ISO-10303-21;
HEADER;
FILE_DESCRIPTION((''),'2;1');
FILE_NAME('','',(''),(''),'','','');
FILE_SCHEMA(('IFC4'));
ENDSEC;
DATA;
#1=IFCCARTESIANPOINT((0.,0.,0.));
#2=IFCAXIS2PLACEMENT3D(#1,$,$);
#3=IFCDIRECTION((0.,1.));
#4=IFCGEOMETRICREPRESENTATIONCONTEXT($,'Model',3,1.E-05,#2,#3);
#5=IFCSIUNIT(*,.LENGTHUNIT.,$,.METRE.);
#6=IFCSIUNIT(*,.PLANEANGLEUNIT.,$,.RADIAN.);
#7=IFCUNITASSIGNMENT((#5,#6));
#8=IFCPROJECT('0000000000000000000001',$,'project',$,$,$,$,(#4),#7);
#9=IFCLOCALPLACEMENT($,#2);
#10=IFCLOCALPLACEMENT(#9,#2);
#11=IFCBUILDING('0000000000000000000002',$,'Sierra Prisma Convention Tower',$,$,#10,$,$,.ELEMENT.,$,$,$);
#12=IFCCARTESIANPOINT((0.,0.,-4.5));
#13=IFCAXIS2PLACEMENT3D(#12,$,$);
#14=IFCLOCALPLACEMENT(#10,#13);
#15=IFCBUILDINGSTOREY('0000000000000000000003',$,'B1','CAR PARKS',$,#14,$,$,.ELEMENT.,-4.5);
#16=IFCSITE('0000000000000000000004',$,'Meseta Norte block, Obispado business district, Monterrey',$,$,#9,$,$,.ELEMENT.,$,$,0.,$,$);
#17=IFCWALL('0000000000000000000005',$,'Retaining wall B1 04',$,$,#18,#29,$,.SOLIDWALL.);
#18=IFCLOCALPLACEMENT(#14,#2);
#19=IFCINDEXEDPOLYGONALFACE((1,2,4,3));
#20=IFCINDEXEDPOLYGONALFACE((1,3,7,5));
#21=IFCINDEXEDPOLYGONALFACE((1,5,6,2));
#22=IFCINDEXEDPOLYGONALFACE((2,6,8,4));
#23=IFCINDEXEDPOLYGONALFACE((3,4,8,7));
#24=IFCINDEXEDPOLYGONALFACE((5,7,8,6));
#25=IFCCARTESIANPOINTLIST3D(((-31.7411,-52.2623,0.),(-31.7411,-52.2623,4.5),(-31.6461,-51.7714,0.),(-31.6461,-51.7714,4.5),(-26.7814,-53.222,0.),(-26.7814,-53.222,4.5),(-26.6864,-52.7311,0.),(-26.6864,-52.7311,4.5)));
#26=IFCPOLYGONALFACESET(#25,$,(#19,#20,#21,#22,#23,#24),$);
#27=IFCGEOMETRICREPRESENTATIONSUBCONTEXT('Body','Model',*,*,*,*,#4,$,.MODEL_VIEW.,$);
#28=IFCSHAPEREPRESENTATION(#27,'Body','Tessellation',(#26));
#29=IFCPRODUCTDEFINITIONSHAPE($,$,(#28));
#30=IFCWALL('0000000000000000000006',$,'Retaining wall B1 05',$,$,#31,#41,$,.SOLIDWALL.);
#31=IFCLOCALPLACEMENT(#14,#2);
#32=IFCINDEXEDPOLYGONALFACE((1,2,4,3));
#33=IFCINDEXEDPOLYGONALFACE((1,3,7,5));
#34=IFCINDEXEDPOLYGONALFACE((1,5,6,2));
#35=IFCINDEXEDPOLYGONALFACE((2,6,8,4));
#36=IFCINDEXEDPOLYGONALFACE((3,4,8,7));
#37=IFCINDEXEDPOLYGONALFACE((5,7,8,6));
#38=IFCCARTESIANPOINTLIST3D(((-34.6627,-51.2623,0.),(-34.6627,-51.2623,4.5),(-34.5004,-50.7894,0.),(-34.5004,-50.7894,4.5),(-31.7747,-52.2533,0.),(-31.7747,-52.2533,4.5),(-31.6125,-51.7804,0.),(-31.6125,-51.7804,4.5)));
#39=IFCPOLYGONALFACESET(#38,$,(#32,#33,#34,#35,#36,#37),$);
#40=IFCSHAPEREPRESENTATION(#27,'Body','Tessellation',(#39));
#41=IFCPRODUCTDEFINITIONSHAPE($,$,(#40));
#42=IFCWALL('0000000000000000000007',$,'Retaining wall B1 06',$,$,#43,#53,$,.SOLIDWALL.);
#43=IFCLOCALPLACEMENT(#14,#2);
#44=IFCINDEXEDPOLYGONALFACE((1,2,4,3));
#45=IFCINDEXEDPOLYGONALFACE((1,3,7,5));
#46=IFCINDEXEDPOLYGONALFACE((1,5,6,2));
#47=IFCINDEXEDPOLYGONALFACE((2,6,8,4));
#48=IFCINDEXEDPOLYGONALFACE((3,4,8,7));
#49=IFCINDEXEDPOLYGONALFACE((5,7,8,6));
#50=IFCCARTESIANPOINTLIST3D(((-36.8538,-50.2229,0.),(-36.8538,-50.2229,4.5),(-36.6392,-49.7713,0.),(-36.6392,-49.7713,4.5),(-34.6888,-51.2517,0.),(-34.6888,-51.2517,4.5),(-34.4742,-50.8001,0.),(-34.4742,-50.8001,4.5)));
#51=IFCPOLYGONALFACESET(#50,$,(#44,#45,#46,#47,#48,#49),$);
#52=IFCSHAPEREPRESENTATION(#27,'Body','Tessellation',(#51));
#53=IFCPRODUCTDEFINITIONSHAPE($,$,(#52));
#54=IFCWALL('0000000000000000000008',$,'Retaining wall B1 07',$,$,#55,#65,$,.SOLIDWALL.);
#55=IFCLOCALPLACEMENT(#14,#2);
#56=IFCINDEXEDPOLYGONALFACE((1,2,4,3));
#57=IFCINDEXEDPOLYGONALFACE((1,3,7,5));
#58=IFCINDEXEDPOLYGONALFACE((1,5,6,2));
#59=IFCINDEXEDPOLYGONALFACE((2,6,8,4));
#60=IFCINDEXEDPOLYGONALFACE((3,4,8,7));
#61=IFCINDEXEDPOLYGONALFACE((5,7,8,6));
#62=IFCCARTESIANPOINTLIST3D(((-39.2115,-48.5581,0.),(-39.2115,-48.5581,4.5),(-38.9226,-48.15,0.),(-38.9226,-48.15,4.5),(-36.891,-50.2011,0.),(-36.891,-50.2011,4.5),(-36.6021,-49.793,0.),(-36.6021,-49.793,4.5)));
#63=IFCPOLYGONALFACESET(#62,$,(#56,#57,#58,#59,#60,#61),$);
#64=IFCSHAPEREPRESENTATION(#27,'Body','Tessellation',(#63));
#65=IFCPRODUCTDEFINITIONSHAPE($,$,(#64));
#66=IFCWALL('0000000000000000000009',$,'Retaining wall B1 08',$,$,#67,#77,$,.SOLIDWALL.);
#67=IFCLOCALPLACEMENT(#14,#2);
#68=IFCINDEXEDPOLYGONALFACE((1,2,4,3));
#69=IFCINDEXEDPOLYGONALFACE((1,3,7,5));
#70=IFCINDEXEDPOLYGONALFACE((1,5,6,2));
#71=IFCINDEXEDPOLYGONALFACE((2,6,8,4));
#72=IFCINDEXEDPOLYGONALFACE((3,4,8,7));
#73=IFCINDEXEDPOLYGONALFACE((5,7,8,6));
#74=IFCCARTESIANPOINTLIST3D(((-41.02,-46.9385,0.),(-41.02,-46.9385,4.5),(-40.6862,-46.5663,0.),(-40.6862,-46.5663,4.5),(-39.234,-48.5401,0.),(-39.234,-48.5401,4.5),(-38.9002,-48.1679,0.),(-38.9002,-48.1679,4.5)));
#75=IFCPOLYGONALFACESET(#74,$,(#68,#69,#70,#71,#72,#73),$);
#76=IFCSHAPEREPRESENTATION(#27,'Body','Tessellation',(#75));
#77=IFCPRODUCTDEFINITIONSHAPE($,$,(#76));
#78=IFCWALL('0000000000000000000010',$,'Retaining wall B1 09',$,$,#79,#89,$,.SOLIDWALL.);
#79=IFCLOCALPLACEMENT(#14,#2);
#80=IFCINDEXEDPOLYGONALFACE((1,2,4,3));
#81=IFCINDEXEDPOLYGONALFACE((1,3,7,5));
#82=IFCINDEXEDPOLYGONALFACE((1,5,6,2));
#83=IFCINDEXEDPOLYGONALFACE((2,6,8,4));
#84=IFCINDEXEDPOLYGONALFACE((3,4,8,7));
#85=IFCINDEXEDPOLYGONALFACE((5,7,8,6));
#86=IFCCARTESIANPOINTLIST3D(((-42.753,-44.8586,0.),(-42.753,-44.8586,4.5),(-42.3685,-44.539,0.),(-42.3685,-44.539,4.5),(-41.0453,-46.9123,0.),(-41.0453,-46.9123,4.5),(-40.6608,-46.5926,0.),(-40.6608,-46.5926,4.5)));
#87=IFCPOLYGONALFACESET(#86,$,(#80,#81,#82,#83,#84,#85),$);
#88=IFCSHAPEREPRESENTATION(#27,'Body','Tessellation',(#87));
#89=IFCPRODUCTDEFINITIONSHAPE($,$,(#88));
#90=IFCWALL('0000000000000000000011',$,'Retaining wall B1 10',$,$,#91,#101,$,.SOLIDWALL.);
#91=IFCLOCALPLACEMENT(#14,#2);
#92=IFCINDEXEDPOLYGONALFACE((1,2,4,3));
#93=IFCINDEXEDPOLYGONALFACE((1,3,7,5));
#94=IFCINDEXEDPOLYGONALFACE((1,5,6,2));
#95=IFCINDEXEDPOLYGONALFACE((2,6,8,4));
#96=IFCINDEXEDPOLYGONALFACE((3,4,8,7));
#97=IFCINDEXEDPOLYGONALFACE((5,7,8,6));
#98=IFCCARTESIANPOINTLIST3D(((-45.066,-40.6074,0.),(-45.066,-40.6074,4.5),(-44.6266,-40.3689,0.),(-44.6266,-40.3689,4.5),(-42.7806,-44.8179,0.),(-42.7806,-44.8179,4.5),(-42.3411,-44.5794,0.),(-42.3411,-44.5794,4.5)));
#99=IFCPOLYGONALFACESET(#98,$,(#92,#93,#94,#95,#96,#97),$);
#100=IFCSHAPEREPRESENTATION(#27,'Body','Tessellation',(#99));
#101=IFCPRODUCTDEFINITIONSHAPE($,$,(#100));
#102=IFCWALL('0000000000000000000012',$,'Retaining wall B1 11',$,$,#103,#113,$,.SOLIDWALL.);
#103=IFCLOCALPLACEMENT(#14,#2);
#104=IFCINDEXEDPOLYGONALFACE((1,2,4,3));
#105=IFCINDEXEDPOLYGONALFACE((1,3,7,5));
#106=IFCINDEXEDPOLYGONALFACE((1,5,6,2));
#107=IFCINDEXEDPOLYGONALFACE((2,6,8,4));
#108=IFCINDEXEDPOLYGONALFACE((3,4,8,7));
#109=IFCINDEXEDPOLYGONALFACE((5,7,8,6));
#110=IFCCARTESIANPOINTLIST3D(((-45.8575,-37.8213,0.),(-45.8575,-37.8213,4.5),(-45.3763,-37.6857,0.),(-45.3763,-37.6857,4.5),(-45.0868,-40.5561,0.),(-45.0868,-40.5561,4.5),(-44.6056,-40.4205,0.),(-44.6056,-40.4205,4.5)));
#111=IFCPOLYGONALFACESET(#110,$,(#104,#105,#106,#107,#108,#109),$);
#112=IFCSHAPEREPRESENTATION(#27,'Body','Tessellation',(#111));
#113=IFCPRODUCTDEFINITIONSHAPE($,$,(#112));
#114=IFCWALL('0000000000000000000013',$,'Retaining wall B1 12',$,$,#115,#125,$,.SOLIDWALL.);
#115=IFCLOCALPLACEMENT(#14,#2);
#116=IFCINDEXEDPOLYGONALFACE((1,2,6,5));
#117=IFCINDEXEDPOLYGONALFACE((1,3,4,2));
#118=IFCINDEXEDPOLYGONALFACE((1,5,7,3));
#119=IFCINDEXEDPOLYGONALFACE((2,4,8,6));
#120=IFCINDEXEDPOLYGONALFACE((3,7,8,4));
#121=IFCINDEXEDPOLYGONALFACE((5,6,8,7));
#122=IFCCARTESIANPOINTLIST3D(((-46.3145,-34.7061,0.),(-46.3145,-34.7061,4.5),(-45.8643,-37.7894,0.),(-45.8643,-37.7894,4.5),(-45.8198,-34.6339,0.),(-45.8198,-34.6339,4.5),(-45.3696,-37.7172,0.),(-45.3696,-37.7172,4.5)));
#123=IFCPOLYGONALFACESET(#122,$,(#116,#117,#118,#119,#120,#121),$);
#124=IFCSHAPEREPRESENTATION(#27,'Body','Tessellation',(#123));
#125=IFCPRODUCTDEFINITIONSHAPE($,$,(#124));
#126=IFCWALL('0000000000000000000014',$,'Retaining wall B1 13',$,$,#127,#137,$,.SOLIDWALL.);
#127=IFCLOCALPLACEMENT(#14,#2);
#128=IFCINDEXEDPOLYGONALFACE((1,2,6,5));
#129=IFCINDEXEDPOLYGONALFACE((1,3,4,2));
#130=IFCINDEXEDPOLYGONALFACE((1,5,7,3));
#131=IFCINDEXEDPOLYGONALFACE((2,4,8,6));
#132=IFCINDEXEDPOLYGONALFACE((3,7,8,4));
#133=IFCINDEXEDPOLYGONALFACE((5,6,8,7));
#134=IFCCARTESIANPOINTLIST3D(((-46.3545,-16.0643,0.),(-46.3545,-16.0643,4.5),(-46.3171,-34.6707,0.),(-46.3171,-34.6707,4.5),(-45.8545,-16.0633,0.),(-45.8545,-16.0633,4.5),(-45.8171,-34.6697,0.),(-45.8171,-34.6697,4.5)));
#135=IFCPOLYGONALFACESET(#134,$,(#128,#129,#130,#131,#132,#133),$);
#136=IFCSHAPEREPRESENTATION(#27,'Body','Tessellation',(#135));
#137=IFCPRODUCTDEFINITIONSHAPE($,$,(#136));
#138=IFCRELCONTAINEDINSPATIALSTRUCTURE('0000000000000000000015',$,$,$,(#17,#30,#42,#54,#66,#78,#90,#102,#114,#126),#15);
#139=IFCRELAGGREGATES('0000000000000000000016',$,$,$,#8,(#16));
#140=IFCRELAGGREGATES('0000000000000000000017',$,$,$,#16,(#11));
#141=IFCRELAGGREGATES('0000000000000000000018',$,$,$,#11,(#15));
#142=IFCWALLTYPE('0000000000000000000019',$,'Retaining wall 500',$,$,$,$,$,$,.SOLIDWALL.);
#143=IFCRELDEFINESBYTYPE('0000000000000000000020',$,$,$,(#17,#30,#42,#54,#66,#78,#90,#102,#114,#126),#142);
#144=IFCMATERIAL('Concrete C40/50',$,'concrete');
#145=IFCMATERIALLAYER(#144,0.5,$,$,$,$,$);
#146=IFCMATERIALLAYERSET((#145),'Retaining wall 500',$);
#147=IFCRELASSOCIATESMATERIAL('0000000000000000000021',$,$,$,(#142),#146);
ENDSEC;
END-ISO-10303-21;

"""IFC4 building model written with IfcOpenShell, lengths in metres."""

from ifc_helpers import new_model, si_unit, direction, frame, frame_2d, origin, place, context, subcontext, project, spatial, rectangle, extrude, material, layer, layer_set, type_object, element, save


model = new_model("IFC4")

# Units and contexts
model_context = context("Model", 3, precision=1e-05, world=origin(), true_north=direction((0.0, 1.0)))
body_context = subcontext(model_context, "Body", "Model", "MODEL_VIEW")
ifc_project = project(units=[si_unit("LENGTHUNIT", "METRE"), si_unit("PLANEANGLEUNIT", "RADIAN")], contexts=[model_context])

# Site, building, storey
site_placement = place(None, origin())
site = spatial("IfcSite", under=ifc_project, at=site_placement, Name="Meseta Norte block, Obispado business district, Monterrey", CompositionType="ELEMENT", RefElevation=0.0)
building_placement = place(site_placement, origin())
building = spatial("IfcBuilding", under=site, at=building_placement, Name="Sierra Prisma Convention Tower", CompositionType="ELEMENT")
storey_placement = place(building_placement, frame((0.0, 0.0, -4.5)))
storey = spatial("IfcBuildingStorey", under=building, at=storey_placement, Name="B1", Description="CAR PARKS", CompositionType="ELEMENT", Elevation=-4.5)

# Walls
ifc_material_1 = material(Name="Concrete C40/50", Category="concrete")
ifc_layer = layer(ifc_material_1, 0.5)
ifc_layer_set = layer_set([ifc_layer], Name="Retaining wall 500")
wall_type = type_object("IfcWallType", Name="Retaining wall 500", PredefinedType="SOLIDWALL", material=ifc_layer_set)
wall_1_placement = place(storey_placement, frame((-26.7339, -52.9766, 0.0), z_axis=(0.0, 0.0, 1.0), x_axis=(-0.981788, 0.189978, 0.0)))
element("IfcWall", 1, at=wall_1_placement, inside=storey, type_object=wall_type, Name="Retaining wall B1 04", PredefinedType="SOLIDWALL", context=body_context, shape_type="SweptSolid", body=[
    extrude(rectangle(XDim=5.0518, YDim=0.5, at=frame_2d((2.5259, 0.0))), origin(), (0.0, 0.0, 1.0), 4.5),
])
wall_2_placement = place(storey_placement, frame((-31.6936, -52.0168, 0.0), z_axis=(0.0, 0.0, 1.0), x_axis=(-0.945864, 0.324563, 0.0)))
element("IfcWall", 2, at=wall_2_placement, inside=storey, type_object=wall_type, Name="Retaining wall B1 05", PredefinedType="SOLIDWALL", context=body_context, shape_type="SweptSolid", body=[
    extrude(rectangle(XDim=3.0532, YDim=0.5, at=frame_2d((1.5266, 0.0))), origin(), (0.0, 0.0, 1.0), 4.5),
])
wall_3_placement = place(storey_placement, frame((-34.5815, -51.0259, 0.0), z_axis=(0.0, 0.0, 1.0), x_axis=(-0.90321, 0.429198, 0.0)))
element("IfcWall", 3, at=wall_3_placement, inside=storey, type_object=wall_type, Name="Retaining wall B1 06", PredefinedType="SOLIDWALL", context=body_context, shape_type="SweptSolid", body=[
    extrude(rectangle(XDim=2.397, YDim=0.5, at=frame_2d((1.1985, 0.0))), origin(), (0.0, 0.0, 1.0), 4.5),
])
wall_4_placement = place(storey_placement, frame((-36.7466, -49.9971, 0.0), z_axis=(0.0, 0.0, 1.0), x_axis=(-0.816134, 0.577862, 0.0)))
element("IfcWall", 4, at=wall_4_placement, inside=storey, type_object=wall_type, Name="Retaining wall B1 07", PredefinedType="SOLIDWALL", context=body_context, shape_type="SweptSolid", body=[
    extrude(rectangle(XDim=2.8433, YDim=0.5, at=frame_2d((1.4216, 0.0))), origin(), (0.0, 0.0, 1.0), 4.5),
])
wall_5_placement = place(storey_placement, frame((-39.0671, -48.354, 0.0), z_axis=(0.0, 0.0, 1.0), x_axis=(-0.744482, 0.667642, 0.0)))
element("IfcWall", 5, at=wall_5_placement, inside=storey, type_object=wall_type, Name="Retaining wall B1 08", PredefinedType="SOLIDWALL", context=body_context, shape_type="SweptSolid", body=[
    extrude(rectangle(XDim=2.3989, YDim=0.5, at=frame_2d((1.1995, 0.0))), origin(), (0.0, 0.0, 1.0), 4.5),
])
wall_6_placement = place(storey_placement, frame((-40.853, -46.7524, 0.0), z_axis=(0.0, 0.0, 1.0), x_axis=(-0.639375, 0.768895, 0.0)))
element("IfcWall", 6, at=wall_6_placement, inside=storey, type_object=wall_type, Name="Retaining wall B1 09", PredefinedType="SOLIDWALL", context=body_context, shape_type="SweptSolid", body=[
    extrude(rectangle(XDim=2.6709, YDim=0.5, at=frame_2d((1.3354, 0.0))), origin(), (0.0, 0.0, 1.0), 4.5),
])
wall_7_placement = place(storey_placement, frame((-42.5608, -44.6987, 0.0), z_axis=(0.0, 0.0, 1.0), x_axis=(-0.477048, 0.878877, 0.0)))
element("IfcWall", 7, at=wall_7_placement, inside=storey, type_object=wall_type, Name="Retaining wall B1 10", PredefinedType="SOLIDWALL", context=body_context, shape_type="SweptSolid", body=[
    extrude(rectangle(XDim=4.7908, YDim=0.5, at=frame_2d((2.3955, 0.0))), origin(), (0.0, 0.0, 1.0), 4.5),
])
wall_8_placement = place(storey_placement, frame((-44.8462, -40.4883, 0.0), z_axis=(0.0, 0.0, 1.0), x_axis=(-0.271258, 0.962507, 0.0)))
element("IfcWall", 8, at=wall_8_placement, inside=storey, type_object=wall_type, Name="Retaining wall B1 11", PredefinedType="SOLIDWALL", context=body_context, shape_type="SweptSolid", body=[
    extrude(rectangle(XDim=2.8413, YDim=0.5, at=frame_2d((1.4207, 0.0))), origin(), (0.0, 0.0, 1.0), 4.5),
])
wall_9_placement = place(storey_placement, frame((-45.6169, -37.7534, 0.0), z_axis=(0.0, 0.0, 1.0), x_axis=(-0.144481, 0.989508, 0.0)))
element("IfcWall", 9, at=wall_9_placement, inside=storey, type_object=wall_type, Name="Retaining wall B1 12", PredefinedType="SOLIDWALL", context=body_context, shape_type="SweptSolid", body=[
    extrude(rectangle(XDim=3.116, YDim=0.5, at=frame_2d((1.5581, 0.0))), origin(), (0.0, 0.0, 1.0), 4.5),
])
wall_10_placement = place(storey_placement, frame((-46.0671, -34.6702, 0.0), z_axis=(0.0, 0.0, 1.0), x_axis=(-0.002008, 0.999998, 0.0)))
element("IfcWall", 10, at=wall_10_placement, inside=storey, type_object=wall_type, Name="Retaining wall B1 13", PredefinedType="SOLIDWALL", context=body_context, shape_type="SweptSolid", body=[
    extrude(rectangle(XDim=18.6064, YDim=0.5, at=frame_2d((9.3032, 0.0))), origin(), (0.0, 0.0, 1.0), 4.5),
])

save(model, "model.ifc")
